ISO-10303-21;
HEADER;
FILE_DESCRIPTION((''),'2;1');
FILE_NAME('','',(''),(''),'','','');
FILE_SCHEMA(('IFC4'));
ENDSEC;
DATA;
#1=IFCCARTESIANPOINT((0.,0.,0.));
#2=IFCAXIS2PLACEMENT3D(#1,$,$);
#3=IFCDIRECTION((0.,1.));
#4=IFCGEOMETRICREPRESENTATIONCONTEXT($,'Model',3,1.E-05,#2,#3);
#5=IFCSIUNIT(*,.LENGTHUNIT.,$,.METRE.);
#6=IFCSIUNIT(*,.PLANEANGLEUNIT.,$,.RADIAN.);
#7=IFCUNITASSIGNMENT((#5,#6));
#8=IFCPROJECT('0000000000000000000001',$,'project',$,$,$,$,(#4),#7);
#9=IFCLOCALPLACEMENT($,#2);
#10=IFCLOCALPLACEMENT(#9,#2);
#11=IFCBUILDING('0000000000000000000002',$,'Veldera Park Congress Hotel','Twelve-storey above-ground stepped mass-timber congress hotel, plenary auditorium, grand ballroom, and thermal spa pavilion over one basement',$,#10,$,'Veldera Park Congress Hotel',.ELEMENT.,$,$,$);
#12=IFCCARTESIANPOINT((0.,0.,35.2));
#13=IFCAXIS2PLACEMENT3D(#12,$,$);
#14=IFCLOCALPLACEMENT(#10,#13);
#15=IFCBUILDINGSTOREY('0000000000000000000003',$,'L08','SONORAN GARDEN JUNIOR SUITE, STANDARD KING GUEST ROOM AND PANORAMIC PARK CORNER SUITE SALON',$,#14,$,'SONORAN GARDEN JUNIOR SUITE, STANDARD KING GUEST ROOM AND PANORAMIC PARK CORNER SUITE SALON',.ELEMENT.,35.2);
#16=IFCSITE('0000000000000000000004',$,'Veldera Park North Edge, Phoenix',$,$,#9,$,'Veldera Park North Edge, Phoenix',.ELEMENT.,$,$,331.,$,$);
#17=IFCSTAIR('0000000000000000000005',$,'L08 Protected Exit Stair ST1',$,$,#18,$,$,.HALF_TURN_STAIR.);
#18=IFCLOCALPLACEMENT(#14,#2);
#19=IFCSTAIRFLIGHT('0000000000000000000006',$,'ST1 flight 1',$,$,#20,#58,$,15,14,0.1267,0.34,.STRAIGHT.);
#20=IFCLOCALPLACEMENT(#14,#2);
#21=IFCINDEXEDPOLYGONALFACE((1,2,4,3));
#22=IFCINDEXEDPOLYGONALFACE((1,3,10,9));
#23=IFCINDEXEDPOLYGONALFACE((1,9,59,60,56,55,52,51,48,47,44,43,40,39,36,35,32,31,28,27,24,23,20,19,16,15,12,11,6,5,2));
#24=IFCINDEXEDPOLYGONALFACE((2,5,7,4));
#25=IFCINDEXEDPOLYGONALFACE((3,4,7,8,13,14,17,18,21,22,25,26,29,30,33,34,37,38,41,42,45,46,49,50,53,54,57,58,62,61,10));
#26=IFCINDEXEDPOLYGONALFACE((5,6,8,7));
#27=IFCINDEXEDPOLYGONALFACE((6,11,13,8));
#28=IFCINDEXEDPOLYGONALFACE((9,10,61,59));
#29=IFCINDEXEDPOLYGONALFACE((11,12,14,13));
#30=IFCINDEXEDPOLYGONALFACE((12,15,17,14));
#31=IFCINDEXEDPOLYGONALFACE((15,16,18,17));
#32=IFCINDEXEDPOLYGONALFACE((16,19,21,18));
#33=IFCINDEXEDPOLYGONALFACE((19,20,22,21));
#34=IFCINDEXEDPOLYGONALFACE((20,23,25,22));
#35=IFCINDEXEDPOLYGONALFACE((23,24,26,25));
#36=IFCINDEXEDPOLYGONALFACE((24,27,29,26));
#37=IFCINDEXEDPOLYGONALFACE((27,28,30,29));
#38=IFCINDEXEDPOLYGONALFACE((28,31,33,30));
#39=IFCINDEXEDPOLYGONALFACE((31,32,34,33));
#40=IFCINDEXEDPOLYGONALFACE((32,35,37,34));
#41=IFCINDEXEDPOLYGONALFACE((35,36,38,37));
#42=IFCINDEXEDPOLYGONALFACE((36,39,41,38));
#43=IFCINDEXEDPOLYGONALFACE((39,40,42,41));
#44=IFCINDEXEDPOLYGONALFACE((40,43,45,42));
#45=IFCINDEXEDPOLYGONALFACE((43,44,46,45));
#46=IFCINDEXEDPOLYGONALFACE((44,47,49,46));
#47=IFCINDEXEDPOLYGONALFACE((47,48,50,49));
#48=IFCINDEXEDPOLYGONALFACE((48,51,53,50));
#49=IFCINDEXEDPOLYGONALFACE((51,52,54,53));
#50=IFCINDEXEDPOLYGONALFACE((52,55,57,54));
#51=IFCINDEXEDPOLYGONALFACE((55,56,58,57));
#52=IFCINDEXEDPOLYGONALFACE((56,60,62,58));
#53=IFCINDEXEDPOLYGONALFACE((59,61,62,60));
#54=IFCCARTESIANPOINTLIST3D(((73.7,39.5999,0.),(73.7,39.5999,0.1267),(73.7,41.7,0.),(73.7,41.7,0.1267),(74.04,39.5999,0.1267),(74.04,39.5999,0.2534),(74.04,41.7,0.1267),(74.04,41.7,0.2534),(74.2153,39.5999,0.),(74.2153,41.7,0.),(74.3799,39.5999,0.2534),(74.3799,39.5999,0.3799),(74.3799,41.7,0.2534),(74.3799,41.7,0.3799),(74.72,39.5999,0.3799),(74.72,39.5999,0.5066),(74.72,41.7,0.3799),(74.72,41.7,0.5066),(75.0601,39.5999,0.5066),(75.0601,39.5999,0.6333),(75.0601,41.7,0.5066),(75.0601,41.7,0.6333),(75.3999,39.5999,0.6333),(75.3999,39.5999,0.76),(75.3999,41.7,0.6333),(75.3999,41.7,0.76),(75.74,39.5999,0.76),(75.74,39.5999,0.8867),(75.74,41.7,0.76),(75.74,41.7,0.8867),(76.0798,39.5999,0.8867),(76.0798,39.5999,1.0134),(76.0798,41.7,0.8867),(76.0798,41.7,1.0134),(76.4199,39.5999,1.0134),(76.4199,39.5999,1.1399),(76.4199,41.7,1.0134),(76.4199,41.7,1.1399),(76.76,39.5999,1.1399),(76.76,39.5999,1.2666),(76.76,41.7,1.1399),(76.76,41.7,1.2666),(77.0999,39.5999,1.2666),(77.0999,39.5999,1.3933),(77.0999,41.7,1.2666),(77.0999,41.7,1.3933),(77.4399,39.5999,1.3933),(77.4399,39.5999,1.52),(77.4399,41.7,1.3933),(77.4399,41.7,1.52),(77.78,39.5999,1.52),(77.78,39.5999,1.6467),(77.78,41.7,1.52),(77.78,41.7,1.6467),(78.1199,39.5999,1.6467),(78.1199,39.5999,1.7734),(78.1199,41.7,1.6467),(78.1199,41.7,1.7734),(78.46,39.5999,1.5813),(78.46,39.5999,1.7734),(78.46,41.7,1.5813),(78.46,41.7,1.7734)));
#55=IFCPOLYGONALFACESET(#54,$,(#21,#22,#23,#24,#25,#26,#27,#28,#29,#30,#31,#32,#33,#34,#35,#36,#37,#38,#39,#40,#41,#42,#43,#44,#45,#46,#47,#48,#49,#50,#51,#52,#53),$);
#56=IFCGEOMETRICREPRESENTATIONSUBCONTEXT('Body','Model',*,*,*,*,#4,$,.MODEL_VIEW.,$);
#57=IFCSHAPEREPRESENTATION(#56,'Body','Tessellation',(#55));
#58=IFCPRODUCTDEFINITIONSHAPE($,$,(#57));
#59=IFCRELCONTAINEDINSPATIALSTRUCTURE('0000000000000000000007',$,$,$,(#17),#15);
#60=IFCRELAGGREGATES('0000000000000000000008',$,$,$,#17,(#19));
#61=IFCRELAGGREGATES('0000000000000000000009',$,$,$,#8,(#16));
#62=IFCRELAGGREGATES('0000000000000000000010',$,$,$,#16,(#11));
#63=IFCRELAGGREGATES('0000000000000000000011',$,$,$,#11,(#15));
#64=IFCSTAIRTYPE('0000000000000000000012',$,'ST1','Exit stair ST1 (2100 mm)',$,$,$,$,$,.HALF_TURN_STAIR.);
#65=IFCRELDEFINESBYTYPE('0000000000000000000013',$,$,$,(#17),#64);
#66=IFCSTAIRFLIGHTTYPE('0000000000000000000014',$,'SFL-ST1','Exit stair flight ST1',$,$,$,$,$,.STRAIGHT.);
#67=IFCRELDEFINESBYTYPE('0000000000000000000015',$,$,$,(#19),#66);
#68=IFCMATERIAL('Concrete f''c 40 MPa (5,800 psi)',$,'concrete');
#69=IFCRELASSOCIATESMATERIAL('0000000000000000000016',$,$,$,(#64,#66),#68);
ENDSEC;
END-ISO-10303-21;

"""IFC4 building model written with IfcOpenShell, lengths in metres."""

from ifc_helpers import new_model, si_unit, direction, frame, origin, place, context, subcontext, project, spatial, polyline, outline, extrude, material, type_object, element, aggregate, save


model = new_model("IFC4")

# Units and contexts
model_context = context("Model", 3, precision=1e-05, world=origin(), true_north=direction((0.0, 1.0)))
body_context = subcontext(model_context, "Body", "Model", "MODEL_VIEW")
ifc_project = project(units=[si_unit("LENGTHUNIT", "METRE"), si_unit("PLANEANGLEUNIT", "RADIAN")], contexts=[model_context])

# Site, building, storey
site_placement = place(None, origin())
site = spatial("IfcSite", under=ifc_project, at=site_placement, Name="Veldera Park North Edge, Phoenix", LongName="Veldera Park North Edge, Phoenix", CompositionType="ELEMENT", RefElevation=331.0)
building_placement = place(site_placement, origin())
building = spatial("IfcBuilding", under=site, at=building_placement, Name="Veldera Park Congress Hotel", Description="Twelve-storey above-ground stepped mass-timber congress hotel, plenary auditorium, grand ballroom, and thermal spa pavilion over one basement", LongName="Veldera Park Congress Hotel", CompositionType="ELEMENT")
storey_placement = place(building_placement, frame((0.0, 0.0, 35.2)))
storey = spatial("IfcBuildingStorey", under=building, at=storey_placement, Name="L08", Description="SONORAN GARDEN JUNIOR SUITE, STANDARD KING GUEST ROOM AND PANORAMIC PARK CORNER SUITE SALON", LongName="SONORAN GARDEN JUNIOR SUITE, STANDARD KING GUEST ROOM AND PANORAMIC PARK CORNER SUITE SALON", CompositionType="ELEMENT", Elevation=35.2)

# Shared definitions
ifc_material_1 = material(Name="Concrete f'c 40 MPa (5,800 psi)", Category="concrete")

# Stair, stair flight
stair_type = type_object("IfcStairType", Name="ST1", Description="Exit stair ST1 (2100 mm)", PredefinedType="HALF_TURN_STAIR", material=ifc_material_1)
stair_placement = place(storey_placement, origin())
stair = element("IfcStair", 1, at=stair_placement, inside=storey, type_object=stair_type, Name="L08 Protected Exit Stair ST1", PredefinedType="HALF_TURN_STAIR")
stair_flight_type = type_object("IfcStairFlightType", Name="SFL-ST1", Description="Exit stair flight ST1", PredefinedType="STRAIGHT", material=ifc_material_1)
stair_flight_placement = place(storey_placement, frame((73.7, 40.6499, 0.0), z_axis=(0.0, 0.0, 1.0), x_axis=(1.0, 0.0, 0.0)))
stair_flight = element("IfcStairFlight", 2, at=stair_flight_placement, type_object=stair_flight_type, Name="ST1 flight 1", NumberOfRisers=15, NumberOfTreads=14, PredefinedType="STRAIGHT", RiserHeight=0.1267, TreadLength=0.34, context=body_context, shape_type="SweptSolid", body=[
    extrude(outline(polyline([(0.0, 0.0), (0.0, 0.1267), (0.3401, 0.1267), (0.3401, 0.2534), (0.6799, 0.2534), (0.6799, 0.3799), (1.02, 0.3799), (1.02, 0.5066), (1.3601, 0.5066), (1.3601, 0.6333), (1.7, 0.6333), (1.7, 0.76), (2.04, 0.76), (2.04, 0.8867), (2.3799, 0.8867), (2.3799, 1.0134), (2.72, 1.0134), (2.72, 1.1399), (3.0601, 1.1399), (3.0601, 1.2666), (3.3999, 1.2666), (3.3999, 1.3933), (3.74, 1.3933), (3.74, 1.52), (4.0801, 1.52), (4.0801, 1.6467), (4.4199, 1.6467), (4.4199, 1.7734), (4.76, 1.7734), (4.76, 1.8999), (4.76, 1.8999), (4.76, 1.5813), (0.5154, 0.0), (0.0, 0.0)])), frame((0.0, 1.05, 0.0), z_axis=(0.0, -1.0, 0.0), x_axis=(1.0, 0.0, 0.0)), (0.0, 0.0, 1.0), 2.1001),
])
aggregate(stair, [stair_flight])

save(model, "model.ifc")
